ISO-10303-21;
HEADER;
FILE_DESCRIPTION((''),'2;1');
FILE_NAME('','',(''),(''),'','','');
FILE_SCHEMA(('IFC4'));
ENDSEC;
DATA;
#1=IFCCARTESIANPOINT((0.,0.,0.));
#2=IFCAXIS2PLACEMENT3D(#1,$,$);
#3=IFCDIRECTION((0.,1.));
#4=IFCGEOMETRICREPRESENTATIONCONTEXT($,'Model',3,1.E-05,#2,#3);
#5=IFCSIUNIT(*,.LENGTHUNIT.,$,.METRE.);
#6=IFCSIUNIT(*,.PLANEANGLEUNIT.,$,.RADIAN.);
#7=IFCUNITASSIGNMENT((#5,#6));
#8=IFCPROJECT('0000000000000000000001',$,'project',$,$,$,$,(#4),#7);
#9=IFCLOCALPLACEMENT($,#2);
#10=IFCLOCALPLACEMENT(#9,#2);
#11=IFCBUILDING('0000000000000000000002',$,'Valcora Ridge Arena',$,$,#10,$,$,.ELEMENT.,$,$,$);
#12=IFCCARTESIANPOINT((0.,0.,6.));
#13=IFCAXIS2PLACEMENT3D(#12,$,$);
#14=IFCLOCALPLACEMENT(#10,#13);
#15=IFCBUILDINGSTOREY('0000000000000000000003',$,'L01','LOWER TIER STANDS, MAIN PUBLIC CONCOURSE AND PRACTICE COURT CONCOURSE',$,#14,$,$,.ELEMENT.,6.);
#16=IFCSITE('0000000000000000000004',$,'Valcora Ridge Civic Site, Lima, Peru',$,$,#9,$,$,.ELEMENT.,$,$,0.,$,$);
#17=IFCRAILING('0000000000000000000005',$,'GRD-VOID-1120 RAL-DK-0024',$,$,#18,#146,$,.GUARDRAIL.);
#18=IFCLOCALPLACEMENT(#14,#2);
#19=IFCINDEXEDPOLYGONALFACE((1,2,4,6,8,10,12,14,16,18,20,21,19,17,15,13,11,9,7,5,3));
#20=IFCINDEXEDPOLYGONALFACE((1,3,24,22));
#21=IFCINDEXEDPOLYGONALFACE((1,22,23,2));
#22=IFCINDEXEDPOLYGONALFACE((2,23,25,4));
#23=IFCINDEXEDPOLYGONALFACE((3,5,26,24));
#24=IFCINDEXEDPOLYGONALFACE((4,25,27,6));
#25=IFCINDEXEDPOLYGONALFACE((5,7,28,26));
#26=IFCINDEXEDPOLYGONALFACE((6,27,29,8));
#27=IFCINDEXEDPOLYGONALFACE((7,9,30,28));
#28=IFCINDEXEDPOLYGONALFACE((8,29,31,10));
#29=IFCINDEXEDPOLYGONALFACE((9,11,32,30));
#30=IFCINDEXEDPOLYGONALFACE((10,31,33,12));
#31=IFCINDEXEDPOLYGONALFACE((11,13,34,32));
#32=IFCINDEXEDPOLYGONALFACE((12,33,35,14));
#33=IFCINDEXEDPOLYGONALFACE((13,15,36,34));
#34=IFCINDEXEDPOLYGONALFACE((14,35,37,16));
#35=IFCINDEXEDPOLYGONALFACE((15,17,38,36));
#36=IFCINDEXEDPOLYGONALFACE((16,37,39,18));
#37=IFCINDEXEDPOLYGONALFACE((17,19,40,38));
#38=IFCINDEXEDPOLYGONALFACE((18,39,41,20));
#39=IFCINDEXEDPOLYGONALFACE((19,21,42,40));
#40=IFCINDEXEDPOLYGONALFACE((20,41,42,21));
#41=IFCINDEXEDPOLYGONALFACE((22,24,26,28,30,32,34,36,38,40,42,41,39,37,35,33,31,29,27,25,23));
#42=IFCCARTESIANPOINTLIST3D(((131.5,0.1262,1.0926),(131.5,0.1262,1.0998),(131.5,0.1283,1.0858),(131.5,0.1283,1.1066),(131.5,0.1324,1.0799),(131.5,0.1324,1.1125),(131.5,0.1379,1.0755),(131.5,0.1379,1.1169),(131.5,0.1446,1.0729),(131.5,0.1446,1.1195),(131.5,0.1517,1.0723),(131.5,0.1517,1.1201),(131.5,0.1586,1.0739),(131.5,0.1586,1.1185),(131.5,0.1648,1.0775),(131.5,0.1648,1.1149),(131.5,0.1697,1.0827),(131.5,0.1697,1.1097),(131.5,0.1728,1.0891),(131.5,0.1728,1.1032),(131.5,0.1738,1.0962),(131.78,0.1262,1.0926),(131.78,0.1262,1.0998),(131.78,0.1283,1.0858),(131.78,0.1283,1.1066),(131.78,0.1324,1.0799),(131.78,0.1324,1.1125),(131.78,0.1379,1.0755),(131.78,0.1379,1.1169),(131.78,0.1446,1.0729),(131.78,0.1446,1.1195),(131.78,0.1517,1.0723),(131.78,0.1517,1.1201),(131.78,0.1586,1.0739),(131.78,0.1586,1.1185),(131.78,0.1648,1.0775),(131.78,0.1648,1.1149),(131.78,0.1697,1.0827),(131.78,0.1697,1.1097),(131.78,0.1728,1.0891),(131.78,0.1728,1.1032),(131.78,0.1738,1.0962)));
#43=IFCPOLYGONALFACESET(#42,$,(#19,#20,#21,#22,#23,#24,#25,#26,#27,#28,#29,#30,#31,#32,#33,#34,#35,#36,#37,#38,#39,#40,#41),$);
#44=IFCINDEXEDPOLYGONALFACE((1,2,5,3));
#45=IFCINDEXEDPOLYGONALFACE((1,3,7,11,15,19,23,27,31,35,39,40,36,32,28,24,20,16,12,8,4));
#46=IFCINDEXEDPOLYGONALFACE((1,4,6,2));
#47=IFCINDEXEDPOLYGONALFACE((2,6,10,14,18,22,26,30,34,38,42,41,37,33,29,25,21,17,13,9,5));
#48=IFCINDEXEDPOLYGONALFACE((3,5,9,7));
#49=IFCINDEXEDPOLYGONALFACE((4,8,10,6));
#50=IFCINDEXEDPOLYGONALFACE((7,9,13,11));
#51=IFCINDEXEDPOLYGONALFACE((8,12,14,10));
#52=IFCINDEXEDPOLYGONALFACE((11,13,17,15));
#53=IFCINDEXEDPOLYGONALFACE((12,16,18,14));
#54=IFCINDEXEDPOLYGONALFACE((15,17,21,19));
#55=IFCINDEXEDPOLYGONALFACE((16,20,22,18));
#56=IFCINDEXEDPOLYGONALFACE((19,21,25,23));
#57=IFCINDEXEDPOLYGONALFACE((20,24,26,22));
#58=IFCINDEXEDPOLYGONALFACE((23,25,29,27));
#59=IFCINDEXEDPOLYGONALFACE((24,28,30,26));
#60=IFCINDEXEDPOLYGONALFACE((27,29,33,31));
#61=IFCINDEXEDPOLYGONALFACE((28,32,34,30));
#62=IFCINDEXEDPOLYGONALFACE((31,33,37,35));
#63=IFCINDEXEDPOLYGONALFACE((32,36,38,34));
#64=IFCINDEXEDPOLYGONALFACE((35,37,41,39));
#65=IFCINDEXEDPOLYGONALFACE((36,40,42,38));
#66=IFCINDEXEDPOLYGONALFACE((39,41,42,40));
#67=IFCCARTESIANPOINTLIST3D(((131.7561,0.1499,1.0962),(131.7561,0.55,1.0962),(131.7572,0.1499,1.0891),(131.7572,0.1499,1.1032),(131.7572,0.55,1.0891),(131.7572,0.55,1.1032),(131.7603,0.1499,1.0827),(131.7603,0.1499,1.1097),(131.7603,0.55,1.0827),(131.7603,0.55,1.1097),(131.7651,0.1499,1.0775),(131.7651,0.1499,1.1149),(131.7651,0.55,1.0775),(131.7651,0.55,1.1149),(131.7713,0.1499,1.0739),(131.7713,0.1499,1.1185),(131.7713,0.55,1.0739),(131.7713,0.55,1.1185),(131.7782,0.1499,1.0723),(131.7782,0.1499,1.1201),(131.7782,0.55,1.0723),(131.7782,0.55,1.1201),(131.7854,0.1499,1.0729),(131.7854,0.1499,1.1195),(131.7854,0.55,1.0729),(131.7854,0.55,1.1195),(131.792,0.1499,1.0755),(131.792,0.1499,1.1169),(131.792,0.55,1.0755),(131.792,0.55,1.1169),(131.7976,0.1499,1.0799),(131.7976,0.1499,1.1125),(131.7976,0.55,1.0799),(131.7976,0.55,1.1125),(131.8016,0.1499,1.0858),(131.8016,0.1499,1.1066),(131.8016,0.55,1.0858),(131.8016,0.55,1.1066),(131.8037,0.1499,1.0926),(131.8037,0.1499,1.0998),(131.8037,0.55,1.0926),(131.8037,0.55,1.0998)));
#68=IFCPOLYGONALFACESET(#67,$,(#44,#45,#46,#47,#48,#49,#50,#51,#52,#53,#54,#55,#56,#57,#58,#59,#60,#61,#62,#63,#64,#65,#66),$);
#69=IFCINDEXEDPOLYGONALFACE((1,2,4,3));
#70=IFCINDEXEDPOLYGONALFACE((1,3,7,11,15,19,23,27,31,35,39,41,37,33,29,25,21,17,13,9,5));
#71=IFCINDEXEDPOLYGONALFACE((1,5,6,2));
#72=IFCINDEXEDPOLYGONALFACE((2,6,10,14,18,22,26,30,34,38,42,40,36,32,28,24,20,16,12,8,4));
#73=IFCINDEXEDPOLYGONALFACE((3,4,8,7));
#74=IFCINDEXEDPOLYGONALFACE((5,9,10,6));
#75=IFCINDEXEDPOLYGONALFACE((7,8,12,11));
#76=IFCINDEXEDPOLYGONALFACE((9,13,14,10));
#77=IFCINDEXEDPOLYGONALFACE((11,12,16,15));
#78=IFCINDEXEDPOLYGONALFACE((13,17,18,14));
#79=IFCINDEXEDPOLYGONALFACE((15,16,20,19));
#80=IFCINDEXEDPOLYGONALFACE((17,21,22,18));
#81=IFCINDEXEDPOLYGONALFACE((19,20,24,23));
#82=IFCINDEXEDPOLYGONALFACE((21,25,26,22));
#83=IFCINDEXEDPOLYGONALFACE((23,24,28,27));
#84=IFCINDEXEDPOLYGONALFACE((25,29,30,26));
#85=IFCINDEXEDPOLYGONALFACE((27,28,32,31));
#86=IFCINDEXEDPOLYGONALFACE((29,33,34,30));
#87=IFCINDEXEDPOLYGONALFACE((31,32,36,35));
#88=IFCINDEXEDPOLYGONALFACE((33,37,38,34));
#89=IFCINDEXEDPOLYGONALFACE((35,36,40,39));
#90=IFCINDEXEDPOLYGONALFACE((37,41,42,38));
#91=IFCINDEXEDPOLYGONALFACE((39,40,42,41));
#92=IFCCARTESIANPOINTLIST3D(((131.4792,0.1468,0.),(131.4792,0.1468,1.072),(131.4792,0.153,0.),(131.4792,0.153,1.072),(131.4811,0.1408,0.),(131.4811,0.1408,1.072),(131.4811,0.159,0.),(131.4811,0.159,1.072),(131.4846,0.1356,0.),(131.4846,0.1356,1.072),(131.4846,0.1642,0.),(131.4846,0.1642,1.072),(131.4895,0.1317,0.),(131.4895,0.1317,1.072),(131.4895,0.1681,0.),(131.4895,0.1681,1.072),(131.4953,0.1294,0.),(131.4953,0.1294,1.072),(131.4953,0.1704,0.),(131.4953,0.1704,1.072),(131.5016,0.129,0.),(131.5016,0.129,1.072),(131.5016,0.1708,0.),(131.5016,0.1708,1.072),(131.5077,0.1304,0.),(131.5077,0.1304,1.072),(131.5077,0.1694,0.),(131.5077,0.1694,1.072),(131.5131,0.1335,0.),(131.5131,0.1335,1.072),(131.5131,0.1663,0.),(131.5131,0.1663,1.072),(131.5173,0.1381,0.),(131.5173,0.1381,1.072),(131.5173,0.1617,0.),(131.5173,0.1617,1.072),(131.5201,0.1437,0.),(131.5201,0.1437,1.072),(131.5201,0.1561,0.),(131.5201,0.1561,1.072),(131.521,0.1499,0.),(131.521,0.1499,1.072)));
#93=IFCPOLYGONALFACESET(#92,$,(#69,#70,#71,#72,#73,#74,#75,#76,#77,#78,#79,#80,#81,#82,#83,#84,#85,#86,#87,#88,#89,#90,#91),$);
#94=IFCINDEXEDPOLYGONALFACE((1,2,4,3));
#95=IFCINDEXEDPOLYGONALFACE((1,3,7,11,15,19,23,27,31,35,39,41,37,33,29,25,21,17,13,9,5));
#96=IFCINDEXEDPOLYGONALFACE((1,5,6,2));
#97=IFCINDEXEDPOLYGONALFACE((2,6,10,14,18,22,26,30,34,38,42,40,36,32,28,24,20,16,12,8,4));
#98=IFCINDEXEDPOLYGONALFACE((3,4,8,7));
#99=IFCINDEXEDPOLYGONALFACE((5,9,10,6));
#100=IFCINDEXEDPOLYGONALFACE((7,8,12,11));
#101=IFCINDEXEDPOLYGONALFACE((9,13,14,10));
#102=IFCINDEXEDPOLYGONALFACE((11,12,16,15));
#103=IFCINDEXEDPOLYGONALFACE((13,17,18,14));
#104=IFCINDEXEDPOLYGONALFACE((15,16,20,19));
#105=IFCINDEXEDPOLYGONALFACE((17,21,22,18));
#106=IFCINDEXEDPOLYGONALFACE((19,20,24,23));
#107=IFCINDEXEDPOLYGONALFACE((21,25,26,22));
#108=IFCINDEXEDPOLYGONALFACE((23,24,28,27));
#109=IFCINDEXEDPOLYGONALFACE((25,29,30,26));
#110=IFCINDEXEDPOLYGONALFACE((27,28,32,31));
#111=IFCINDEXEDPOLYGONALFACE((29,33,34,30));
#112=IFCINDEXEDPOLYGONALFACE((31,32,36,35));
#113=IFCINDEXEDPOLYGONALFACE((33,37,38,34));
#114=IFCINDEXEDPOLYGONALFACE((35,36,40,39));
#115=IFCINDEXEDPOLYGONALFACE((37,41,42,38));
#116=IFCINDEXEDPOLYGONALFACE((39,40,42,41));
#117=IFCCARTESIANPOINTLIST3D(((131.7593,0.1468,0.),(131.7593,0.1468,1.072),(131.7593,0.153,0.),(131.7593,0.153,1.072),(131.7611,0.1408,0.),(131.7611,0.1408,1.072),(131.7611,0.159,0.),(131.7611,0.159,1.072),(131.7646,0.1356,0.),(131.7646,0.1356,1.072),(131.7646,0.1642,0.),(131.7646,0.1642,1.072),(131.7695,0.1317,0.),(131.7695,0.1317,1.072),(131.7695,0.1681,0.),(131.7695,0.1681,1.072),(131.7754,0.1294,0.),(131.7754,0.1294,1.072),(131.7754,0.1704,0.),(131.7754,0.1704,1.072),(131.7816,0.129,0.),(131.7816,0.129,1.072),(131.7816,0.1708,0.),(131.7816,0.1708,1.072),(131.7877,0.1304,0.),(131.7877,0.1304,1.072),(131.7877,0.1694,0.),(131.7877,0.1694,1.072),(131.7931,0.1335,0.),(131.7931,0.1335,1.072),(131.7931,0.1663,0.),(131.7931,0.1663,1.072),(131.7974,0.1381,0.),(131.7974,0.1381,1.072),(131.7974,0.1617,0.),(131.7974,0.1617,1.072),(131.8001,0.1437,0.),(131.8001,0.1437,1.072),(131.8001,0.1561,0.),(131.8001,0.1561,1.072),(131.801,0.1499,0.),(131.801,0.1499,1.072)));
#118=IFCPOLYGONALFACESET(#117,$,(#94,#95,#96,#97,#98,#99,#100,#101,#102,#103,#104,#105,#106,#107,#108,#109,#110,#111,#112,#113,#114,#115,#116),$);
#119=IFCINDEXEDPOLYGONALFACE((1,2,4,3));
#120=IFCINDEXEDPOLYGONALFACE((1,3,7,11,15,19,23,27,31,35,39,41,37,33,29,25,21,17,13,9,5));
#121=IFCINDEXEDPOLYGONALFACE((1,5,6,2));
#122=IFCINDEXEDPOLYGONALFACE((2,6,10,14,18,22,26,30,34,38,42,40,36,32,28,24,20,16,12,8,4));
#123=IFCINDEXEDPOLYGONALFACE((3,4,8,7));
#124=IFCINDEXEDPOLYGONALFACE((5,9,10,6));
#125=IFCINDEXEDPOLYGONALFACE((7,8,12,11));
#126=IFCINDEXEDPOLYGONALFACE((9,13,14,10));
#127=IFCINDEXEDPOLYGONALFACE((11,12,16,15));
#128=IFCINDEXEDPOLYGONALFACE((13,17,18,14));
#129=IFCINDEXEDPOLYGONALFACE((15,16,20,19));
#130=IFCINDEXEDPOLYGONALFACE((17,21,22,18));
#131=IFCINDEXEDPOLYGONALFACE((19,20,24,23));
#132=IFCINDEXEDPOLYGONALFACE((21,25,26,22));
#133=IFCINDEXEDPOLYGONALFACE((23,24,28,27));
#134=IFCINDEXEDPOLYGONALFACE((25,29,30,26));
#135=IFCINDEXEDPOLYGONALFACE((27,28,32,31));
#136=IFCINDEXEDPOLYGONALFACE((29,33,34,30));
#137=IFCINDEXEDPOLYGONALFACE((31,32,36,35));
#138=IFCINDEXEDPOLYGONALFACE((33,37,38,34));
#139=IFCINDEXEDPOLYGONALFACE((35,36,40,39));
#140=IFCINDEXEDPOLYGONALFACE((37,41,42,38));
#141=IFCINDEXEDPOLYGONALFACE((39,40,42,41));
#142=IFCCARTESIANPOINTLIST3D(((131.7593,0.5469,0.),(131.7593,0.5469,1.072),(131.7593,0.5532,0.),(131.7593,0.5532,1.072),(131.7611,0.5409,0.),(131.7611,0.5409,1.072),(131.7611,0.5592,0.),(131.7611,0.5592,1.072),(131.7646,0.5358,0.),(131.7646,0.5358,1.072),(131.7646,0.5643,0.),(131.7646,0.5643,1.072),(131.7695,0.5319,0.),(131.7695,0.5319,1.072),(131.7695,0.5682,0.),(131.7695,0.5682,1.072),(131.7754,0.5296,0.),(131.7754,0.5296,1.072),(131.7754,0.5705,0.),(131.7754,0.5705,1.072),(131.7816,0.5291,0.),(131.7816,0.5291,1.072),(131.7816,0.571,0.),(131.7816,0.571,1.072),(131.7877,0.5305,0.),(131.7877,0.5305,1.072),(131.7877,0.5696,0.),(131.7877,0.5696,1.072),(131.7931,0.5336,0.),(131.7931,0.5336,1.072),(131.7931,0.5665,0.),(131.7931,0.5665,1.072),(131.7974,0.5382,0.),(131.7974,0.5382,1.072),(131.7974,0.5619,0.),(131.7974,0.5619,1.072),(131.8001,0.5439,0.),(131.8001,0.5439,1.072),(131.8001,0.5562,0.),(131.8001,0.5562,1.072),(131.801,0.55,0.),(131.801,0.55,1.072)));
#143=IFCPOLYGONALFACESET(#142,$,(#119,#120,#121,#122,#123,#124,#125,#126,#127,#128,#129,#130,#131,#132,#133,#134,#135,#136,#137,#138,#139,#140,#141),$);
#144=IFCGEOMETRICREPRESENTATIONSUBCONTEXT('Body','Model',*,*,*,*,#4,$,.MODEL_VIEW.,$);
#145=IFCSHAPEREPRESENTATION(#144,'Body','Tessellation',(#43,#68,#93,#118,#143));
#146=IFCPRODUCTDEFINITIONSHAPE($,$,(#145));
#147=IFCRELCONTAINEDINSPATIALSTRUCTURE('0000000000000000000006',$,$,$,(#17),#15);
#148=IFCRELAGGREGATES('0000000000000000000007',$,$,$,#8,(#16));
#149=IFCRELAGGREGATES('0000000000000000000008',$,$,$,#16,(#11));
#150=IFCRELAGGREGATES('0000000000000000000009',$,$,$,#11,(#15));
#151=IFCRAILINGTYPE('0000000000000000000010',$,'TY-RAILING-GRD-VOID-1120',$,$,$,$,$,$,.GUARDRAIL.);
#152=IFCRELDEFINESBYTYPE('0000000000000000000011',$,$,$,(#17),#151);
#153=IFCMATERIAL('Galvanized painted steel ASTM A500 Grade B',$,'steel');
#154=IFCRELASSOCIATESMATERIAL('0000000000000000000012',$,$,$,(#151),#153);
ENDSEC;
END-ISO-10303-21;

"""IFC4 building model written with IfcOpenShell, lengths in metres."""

from ifc_helpers import new_model, si_unit, direction, frame, origin, origin_2d, place, context, subcontext, project, spatial, circle, extrude, material, type_object, element, save


model = new_model("IFC4")

# Units and contexts
model_context = context("Model", 3, precision=1e-05, world=origin(), true_north=direction((0.0, 1.0)))
body_context = subcontext(model_context, "Body", "Model", "MODEL_VIEW")
ifc_project = project(units=[si_unit("LENGTHUNIT", "METRE"), si_unit("PLANEANGLEUNIT", "RADIAN")], contexts=[model_context])

# Site, building, storey
site_placement = place(None, origin())
site = spatial("IfcSite", under=ifc_project, at=site_placement, Name="Valcora Ridge Civic Site, Lima, Peru", CompositionType="ELEMENT", RefElevation=0.0)
building_placement = place(site_placement, origin())
building = spatial("IfcBuilding", under=site, at=building_placement, Name="Valcora Ridge Arena", CompositionType="ELEMENT")
storey_placement = place(building_placement, frame((0.0, 0.0, 6.0)))
storey = spatial("IfcBuildingStorey", under=building, at=storey_placement, Name="L01", Description="LOWER TIER STANDS, MAIN PUBLIC CONCOURSE AND PRACTICE COURT CONCOURSE", CompositionType="ELEMENT", Elevation=6.0)

# Railing
ifc_material_1 = material(Name="Galvanized painted steel ASTM A500 Grade B", Category="steel")
railing_type = type_object("IfcRailingType", Name="TY-RAILING-GRD-VOID-1120", PredefinedType="GUARDRAIL", material=ifc_material_1)
railing_placement = place(storey_placement, frame((131.5, 0.1499, 0.0)))
element("IfcRailing", 1, at=railing_placement, inside=storey, type_object=railing_type, Name="GRD-VOID-1120 RAL-DK-0024", PredefinedType="GUARDRAIL", context=body_context, shape_type="SweptSolid", body=[
    extrude(circle(Radius=0.0239, at=origin_2d()), frame((0.0, 0.0, 1.0962), z_axis=(1.0, 0.0, 0.0), x_axis=(0.0, 1.0, 0.0)), (0.0, 0.0, 1.0), 0.28),
    extrude(circle(Radius=0.0239, at=origin_2d()), frame((0.28, 0.0, 1.0962), z_axis=(0.0, 1.0, 0.0), x_axis=(-1.0, 0.0, 0.0)), (0.0, 0.0, 1.0), 0.4001),
    extrude(circle(Radius=0.021, at=origin_2d()), origin(), (0.0, 0.0, 1.0), 1.072),
    extrude(circle(Radius=0.021, at=origin_2d()), frame((0.28, 0.0, 0.0)), (0.0, 0.0, 1.0), 1.072),
    extrude(circle(Radius=0.021, at=origin_2d()), frame((0.28, 0.4001, 0.0)), (0.0, 0.0, 1.0), 1.072),
])

save(model, "model.ifc")
